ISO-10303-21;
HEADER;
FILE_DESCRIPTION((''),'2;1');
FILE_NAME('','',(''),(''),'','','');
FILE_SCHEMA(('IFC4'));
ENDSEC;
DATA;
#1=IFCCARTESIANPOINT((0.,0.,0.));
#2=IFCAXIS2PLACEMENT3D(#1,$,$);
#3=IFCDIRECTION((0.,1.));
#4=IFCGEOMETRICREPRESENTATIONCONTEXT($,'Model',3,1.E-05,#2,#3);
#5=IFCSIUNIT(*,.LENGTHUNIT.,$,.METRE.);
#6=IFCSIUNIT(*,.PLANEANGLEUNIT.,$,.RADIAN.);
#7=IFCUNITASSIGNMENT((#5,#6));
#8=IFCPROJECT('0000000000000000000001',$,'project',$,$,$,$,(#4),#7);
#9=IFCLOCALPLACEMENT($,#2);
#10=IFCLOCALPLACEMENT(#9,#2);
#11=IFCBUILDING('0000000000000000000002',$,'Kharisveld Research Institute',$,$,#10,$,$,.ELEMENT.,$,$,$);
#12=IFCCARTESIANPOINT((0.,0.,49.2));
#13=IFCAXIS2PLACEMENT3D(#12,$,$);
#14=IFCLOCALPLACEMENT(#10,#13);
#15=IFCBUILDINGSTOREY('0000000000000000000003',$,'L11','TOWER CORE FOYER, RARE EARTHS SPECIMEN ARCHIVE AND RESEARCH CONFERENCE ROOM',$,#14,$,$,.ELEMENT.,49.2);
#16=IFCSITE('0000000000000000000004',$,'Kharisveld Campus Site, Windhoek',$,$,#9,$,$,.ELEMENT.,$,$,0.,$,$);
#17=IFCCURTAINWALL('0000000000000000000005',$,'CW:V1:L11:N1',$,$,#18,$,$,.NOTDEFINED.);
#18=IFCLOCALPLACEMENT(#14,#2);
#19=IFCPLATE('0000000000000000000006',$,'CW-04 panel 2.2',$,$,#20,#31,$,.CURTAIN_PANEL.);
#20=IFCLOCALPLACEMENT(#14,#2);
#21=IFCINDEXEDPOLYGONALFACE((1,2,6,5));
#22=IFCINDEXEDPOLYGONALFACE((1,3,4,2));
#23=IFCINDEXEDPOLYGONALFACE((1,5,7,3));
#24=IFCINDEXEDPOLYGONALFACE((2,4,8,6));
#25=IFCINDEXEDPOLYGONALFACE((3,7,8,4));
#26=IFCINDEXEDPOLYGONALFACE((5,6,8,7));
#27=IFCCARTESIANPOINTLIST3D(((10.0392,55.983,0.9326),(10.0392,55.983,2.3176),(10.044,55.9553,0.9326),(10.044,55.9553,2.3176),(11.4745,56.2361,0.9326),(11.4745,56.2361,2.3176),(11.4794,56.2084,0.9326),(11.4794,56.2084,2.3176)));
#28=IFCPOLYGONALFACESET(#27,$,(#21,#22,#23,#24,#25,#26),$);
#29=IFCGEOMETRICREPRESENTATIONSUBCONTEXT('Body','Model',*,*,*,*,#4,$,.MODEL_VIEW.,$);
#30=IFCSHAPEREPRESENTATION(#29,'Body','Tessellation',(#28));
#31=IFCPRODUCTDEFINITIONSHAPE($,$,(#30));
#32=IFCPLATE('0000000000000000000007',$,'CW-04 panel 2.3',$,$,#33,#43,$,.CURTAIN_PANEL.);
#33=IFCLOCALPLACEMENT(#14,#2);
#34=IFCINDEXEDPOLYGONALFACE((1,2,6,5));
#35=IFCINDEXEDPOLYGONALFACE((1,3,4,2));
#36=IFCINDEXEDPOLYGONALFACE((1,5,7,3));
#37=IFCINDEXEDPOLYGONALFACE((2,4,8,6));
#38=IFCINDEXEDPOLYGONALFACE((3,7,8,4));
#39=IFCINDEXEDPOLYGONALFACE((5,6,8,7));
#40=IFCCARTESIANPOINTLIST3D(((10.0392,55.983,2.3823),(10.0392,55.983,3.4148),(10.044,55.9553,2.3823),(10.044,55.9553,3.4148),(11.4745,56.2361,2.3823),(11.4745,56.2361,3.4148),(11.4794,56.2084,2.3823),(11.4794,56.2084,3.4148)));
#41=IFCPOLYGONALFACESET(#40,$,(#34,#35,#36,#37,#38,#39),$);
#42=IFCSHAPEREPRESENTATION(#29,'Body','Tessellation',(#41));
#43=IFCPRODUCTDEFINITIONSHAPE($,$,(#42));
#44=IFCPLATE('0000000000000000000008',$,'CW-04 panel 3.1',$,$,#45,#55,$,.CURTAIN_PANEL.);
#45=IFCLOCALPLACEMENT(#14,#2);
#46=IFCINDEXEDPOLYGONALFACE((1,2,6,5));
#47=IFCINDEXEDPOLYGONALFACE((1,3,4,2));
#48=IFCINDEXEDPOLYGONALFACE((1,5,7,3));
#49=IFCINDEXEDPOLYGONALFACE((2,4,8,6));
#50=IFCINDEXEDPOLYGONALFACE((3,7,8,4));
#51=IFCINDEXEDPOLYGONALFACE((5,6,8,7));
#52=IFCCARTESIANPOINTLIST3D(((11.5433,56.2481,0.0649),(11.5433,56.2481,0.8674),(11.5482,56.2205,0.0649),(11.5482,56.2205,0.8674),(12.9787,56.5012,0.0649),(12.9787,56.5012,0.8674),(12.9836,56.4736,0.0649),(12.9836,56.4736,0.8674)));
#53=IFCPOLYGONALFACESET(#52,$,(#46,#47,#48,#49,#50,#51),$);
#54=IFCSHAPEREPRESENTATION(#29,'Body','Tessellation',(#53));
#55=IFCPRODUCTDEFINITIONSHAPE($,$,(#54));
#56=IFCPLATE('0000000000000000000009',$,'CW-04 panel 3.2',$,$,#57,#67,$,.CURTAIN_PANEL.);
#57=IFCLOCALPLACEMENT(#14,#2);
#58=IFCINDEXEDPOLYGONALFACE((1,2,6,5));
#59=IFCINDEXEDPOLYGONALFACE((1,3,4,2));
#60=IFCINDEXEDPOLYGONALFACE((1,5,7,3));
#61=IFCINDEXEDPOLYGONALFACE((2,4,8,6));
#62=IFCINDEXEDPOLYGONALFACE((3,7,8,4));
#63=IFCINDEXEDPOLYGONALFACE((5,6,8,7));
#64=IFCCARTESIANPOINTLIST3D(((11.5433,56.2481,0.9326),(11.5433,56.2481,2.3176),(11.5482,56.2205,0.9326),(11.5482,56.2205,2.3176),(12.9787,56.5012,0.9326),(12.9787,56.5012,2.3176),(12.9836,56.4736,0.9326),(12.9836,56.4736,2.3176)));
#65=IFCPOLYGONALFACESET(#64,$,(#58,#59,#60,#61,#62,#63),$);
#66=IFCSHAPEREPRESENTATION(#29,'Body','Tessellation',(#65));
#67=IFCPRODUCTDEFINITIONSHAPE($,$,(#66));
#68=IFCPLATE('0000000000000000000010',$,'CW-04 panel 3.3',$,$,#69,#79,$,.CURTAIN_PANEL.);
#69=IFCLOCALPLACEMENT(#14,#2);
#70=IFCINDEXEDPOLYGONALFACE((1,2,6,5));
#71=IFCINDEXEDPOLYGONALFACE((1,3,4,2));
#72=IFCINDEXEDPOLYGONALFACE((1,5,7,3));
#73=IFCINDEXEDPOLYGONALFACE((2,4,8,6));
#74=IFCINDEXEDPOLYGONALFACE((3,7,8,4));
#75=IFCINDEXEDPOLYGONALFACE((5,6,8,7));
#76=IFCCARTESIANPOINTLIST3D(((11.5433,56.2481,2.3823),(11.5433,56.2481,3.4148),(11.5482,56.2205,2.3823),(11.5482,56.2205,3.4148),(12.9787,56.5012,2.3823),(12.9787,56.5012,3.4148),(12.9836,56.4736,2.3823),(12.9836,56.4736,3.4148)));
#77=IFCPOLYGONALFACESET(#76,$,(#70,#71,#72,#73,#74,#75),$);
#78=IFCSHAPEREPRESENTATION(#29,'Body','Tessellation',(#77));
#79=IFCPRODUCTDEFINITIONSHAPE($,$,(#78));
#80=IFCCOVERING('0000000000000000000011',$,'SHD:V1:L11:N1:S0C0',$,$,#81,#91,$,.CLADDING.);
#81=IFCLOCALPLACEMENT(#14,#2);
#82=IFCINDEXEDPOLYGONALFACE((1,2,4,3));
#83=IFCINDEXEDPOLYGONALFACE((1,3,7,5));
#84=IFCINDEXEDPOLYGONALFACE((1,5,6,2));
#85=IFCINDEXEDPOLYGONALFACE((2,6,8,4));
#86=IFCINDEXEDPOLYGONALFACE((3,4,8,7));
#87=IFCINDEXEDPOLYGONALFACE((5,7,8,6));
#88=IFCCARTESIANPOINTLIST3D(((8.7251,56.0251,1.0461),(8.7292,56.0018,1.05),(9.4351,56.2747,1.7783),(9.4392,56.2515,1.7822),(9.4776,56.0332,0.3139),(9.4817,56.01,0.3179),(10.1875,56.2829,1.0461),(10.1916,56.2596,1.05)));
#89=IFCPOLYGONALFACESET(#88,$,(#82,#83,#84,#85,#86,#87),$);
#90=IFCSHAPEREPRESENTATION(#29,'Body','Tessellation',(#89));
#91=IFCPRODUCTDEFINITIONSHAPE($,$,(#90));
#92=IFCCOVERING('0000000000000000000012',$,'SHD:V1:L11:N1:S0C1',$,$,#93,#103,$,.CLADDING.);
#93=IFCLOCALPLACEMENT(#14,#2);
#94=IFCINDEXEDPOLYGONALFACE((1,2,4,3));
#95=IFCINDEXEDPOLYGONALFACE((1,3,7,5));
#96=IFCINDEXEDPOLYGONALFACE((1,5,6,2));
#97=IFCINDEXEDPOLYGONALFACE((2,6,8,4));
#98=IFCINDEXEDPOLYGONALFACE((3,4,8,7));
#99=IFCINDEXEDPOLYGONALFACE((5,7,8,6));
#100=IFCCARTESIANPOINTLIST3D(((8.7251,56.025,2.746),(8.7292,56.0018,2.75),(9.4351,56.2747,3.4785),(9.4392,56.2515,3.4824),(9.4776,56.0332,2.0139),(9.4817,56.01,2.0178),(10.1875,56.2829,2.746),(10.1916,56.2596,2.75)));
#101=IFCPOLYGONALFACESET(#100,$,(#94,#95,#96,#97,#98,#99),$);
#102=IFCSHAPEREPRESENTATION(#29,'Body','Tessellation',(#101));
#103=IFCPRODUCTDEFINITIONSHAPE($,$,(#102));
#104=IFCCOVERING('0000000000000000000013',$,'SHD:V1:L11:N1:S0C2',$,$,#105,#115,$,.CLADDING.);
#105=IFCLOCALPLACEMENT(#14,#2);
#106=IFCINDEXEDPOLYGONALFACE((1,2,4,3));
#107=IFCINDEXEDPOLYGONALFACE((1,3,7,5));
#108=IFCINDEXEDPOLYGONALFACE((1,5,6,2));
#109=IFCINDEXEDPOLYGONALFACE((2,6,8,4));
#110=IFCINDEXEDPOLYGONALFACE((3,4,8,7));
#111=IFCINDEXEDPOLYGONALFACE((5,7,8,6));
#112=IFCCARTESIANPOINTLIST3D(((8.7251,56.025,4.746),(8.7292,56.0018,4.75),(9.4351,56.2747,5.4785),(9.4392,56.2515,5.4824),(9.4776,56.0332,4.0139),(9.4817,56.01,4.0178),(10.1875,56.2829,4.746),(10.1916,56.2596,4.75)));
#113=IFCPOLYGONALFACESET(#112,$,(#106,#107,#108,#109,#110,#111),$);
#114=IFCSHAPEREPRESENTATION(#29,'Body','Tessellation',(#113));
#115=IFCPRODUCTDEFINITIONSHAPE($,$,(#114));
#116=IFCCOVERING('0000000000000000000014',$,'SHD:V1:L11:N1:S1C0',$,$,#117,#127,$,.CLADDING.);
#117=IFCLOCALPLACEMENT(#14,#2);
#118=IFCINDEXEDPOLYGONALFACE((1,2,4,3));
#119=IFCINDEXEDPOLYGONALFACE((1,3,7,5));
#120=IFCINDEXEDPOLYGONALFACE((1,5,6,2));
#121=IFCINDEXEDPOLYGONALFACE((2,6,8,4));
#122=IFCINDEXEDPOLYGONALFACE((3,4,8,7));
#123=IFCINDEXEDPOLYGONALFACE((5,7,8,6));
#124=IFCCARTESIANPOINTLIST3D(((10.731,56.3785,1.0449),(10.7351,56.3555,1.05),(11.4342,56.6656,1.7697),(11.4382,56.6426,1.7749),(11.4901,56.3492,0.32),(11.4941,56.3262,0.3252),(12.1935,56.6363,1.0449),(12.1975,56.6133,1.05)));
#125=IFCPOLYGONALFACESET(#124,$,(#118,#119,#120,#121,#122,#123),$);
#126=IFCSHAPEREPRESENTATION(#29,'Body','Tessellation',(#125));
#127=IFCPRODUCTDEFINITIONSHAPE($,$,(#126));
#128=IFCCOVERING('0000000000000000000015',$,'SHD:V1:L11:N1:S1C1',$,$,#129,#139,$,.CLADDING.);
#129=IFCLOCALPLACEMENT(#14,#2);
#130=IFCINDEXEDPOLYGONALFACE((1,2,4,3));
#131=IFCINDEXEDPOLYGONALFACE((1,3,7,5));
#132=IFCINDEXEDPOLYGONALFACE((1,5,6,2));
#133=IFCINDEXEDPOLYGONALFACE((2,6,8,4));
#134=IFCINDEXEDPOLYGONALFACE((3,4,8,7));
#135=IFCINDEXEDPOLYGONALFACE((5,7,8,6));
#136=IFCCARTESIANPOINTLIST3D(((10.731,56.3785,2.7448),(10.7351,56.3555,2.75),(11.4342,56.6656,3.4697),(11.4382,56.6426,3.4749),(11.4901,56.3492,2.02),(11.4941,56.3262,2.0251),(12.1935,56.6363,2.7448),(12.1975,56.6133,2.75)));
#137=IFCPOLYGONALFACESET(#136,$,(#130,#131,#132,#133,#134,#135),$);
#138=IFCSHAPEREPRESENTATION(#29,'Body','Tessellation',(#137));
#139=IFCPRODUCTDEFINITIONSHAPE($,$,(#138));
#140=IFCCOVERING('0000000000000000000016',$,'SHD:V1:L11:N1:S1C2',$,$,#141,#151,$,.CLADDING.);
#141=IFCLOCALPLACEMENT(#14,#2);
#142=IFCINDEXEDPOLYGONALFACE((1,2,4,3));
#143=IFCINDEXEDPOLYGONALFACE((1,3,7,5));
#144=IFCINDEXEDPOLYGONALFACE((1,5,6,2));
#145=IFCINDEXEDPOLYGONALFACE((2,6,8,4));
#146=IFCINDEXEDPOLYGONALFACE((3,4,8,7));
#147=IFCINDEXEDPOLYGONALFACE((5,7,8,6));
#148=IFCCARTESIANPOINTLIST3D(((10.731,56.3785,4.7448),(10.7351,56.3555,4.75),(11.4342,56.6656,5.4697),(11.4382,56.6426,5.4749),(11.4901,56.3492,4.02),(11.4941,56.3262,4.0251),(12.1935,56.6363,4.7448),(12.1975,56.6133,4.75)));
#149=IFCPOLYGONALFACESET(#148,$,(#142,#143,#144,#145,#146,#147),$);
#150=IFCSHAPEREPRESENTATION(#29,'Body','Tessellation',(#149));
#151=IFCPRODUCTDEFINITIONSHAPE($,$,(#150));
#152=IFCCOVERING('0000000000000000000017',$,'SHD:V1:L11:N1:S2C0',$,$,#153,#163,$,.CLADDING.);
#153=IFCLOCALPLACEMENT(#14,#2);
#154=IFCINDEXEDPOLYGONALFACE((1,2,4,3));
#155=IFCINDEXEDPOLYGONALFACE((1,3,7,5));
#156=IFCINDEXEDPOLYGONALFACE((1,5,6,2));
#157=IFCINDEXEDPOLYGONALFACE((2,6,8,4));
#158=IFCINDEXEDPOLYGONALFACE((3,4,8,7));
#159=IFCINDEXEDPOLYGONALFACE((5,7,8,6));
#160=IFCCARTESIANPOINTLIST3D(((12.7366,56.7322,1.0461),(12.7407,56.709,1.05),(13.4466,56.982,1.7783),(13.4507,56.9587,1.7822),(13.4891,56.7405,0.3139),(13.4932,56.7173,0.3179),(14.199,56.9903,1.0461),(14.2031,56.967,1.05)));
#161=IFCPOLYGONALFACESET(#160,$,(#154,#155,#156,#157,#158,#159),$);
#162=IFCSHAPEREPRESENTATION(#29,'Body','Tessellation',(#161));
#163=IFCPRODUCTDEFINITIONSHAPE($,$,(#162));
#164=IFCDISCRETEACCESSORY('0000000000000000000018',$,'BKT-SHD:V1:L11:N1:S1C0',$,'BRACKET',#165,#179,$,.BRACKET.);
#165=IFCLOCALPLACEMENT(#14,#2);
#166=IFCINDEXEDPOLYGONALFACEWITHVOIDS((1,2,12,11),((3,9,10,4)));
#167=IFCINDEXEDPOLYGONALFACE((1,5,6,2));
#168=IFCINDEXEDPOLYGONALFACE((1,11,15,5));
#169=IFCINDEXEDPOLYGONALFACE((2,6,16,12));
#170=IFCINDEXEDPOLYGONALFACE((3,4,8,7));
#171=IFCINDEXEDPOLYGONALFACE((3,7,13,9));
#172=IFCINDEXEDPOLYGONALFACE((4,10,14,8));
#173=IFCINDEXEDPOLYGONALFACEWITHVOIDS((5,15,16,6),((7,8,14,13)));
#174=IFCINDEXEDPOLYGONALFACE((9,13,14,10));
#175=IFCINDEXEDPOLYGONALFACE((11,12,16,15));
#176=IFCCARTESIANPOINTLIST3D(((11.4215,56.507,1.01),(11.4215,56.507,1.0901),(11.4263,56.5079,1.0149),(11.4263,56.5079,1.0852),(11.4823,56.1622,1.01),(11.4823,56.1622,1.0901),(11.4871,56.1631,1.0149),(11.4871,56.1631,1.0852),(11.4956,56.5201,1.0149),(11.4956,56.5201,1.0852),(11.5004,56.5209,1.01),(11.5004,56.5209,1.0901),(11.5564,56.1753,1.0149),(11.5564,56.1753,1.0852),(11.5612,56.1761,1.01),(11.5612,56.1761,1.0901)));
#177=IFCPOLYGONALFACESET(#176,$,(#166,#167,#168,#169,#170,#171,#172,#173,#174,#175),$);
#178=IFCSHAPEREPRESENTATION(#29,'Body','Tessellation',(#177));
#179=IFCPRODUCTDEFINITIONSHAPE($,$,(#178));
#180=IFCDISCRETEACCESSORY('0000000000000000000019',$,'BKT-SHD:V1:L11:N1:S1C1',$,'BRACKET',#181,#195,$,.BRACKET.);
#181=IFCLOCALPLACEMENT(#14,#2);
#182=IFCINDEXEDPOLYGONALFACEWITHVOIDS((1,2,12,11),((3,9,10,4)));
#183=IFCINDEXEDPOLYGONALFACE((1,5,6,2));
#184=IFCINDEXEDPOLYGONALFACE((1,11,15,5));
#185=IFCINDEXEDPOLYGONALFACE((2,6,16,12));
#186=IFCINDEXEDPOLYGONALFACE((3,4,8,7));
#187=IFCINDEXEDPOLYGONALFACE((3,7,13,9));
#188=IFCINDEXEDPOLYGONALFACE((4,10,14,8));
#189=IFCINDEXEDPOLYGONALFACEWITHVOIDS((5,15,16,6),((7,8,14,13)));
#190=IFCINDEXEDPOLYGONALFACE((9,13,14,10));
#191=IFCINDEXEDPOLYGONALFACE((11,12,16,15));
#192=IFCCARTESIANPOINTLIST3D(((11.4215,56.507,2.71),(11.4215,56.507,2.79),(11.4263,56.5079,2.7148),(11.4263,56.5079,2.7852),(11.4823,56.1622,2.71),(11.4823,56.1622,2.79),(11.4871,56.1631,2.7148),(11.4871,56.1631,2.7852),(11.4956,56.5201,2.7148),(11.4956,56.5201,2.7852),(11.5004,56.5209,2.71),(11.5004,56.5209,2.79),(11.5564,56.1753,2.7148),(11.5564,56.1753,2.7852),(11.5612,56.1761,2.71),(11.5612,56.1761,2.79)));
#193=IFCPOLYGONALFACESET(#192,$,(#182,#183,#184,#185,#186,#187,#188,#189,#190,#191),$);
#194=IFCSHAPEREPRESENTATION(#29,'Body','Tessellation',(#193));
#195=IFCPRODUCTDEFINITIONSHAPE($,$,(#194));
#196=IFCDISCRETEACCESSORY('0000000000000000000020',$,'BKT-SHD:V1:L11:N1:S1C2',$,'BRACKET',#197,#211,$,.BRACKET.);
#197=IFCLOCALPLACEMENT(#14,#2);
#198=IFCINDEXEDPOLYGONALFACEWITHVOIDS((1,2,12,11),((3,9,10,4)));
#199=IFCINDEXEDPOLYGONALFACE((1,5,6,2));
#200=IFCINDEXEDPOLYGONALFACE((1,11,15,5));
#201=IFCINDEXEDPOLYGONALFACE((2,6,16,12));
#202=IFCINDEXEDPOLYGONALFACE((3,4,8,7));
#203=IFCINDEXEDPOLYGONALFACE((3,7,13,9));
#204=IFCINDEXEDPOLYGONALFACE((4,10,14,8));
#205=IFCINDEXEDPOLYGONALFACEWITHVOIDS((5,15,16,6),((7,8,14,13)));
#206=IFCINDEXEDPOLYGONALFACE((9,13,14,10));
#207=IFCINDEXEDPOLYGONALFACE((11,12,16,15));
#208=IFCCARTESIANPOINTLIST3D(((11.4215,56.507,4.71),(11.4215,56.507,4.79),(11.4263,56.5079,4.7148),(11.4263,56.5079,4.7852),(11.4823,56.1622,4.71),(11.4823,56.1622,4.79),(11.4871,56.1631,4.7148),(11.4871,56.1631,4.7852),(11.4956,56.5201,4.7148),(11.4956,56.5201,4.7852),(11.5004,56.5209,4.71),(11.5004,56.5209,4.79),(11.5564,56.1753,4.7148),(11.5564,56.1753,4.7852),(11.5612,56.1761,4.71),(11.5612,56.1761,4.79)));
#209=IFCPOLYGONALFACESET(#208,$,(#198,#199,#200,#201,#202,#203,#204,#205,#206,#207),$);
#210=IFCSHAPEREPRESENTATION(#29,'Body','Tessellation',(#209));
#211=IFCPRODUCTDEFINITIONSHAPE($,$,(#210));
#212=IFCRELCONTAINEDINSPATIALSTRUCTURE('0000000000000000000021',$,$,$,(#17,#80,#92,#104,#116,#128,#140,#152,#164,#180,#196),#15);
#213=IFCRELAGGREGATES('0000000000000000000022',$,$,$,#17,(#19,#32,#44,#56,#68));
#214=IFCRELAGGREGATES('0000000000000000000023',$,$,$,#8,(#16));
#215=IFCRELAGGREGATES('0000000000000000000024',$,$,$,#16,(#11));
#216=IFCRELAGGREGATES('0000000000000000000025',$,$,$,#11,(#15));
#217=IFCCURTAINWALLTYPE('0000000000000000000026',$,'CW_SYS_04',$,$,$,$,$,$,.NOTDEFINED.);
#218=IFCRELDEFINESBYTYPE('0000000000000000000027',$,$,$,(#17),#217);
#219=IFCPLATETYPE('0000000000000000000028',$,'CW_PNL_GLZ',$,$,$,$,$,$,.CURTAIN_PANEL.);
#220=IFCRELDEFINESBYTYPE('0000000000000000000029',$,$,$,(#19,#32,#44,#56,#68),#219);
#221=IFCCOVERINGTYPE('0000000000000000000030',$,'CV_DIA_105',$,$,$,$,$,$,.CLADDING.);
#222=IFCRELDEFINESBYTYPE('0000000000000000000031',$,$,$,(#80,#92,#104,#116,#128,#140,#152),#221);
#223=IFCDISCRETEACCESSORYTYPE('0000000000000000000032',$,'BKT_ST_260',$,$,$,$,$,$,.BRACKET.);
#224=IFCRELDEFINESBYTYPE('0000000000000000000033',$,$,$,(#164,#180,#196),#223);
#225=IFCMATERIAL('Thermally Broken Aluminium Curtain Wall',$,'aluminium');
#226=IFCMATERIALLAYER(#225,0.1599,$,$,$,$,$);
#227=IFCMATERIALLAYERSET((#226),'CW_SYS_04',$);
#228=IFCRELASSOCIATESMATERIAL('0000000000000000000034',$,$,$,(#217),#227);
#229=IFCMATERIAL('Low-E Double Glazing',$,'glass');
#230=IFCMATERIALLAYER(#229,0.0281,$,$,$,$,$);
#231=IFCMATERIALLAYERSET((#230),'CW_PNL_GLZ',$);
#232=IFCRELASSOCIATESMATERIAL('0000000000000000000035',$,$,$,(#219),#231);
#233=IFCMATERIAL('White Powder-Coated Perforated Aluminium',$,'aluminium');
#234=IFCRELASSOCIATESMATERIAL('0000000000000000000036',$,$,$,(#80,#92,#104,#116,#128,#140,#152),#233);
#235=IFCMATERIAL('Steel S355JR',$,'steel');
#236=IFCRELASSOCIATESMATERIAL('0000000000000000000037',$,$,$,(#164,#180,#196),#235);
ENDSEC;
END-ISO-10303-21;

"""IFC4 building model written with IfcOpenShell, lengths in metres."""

from ifc_helpers import new_model, si_unit, direction, frame, origin, origin_2d, place, context, subcontext, project, spatial, polyline, rectangle, hollow_rectangle, outline, extrude, material, layer, layer_set, type_object, element, aggregate, save


model = new_model("IFC4")

# Units and contexts
model_context = context("Model", 3, precision=1e-05, world=origin(), true_north=direction((0.0, 1.0)))
body_context = subcontext(model_context, "Body", "Model", "MODEL_VIEW")
ifc_project = project(units=[si_unit("LENGTHUNIT", "METRE"), si_unit("PLANEANGLEUNIT", "RADIAN")], contexts=[model_context])

# Site, building, storey
site_placement = place(None, origin())
site = spatial("IfcSite", under=ifc_project, at=site_placement, Name="Kharisveld Campus Site, Windhoek", CompositionType="ELEMENT", RefElevation=0.0)
building_placement = place(site_placement, origin())
building = spatial("IfcBuilding", under=site, at=building_placement, Name="Kharisveld Research Institute", CompositionType="ELEMENT")
storey_placement = place(building_placement, frame((0.0, 0.0, 49.2)))
storey = spatial("IfcBuildingStorey", under=building, at=storey_placement, Name="L11", Description="TOWER CORE FOYER, RARE EARTHS SPECIMEN ARCHIVE AND RESEARCH CONFERENCE ROOM", CompositionType="ELEMENT", Elevation=49.2)

# Curtain wall, plates
ifc_material_1 = material(Name="Thermally Broken Aluminium Curtain Wall", Category="aluminium")
ifc_layer_1 = layer(ifc_material_1, 0.1599)
ifc_layer_set_1 = layer_set([ifc_layer_1], Name="CW_SYS_04")
curtain_wall_type = type_object("IfcCurtainWallType", Name="CW_SYS_04", PredefinedType="NOTDEFINED", material=ifc_layer_set_1)
curtain_wall_placement = place(storey_placement, origin())
curtain_wall = element("IfcCurtainWall", 1, at=curtain_wall_placement, inside=storey, type_object=curtain_wall_type, Name="CW:V1:L11:N1", PredefinedType="NOTDEFINED")
ifc_material_2 = material(Name="Low-E Double Glazing", Category="glass")
ifc_layer_2 = layer(ifc_material_2, 0.0281)
ifc_layer_set_2 = layer_set([ifc_layer_2], Name="CW_PNL_GLZ")
plate_type = type_object("IfcPlateType", Name="CW_PNL_GLZ", PredefinedType="CURTAIN_PANEL", material=ifc_layer_set_2)
plate_1_placement = place(storey_placement, frame((10.7593, 56.0957, 0.9326), z_axis=(0.0, 0.0, 1.0), x_axis=(0.984808, 0.173648, 0.0)))
plate_1 = element("IfcPlate", 2, at=plate_1_placement, type_object=plate_type, Name="CW-04 panel 2.2", PredefinedType="CURTAIN_PANEL", context=body_context, shape_type="SweptSolid", body=[
    extrude(rectangle(XDim=1.4575, YDim=0.0281, at=origin_2d()), origin(), (0.0, 0.0, 1.0), 1.385),
])
plate_2_placement = place(storey_placement, frame((10.7593, 56.0957, 2.3823), z_axis=(0.0, 0.0, 1.0), x_axis=(0.984808, 0.173648, 0.0)))
plate_2 = element("IfcPlate", 3, at=plate_2_placement, type_object=plate_type, Name="CW-04 panel 2.3", PredefinedType="CURTAIN_PANEL", context=body_context, shape_type="SweptSolid", body=[
    extrude(rectangle(XDim=1.4575, YDim=0.0281, at=origin_2d()), origin(), (0.0, 0.0, 1.0), 1.0325),
])
plate_3_placement = place(storey_placement, frame((12.2634, 56.3608, 0.0649), z_axis=(0.0, 0.0, 1.0), x_axis=(0.984808, 0.173648, 0.0)))
plate_3 = element("IfcPlate", 4, at=plate_3_placement, type_object=plate_type, Name="CW-04 panel 3.1", PredefinedType="CURTAIN_PANEL", context=body_context, shape_type="SweptSolid", body=[
    extrude(rectangle(XDim=1.4575, YDim=0.0281, at=origin_2d()), origin(), (0.0, 0.0, 1.0), 0.8025),
])
plate_4_placement = place(storey_placement, frame((12.2634, 56.3608, 0.9326), z_axis=(0.0, 0.0, 1.0), x_axis=(0.984808, 0.173648, 0.0)))
plate_4 = element("IfcPlate", 5, at=plate_4_placement, type_object=plate_type, Name="CW-04 panel 3.2", PredefinedType="CURTAIN_PANEL", context=body_context, shape_type="SweptSolid", body=[
    extrude(rectangle(XDim=1.4575, YDim=0.0281, at=origin_2d()), origin(), (0.0, 0.0, 1.0), 1.385),
])
plate_5_placement = place(storey_placement, frame((12.2634, 56.3608, 2.3823), z_axis=(0.0, 0.0, 1.0), x_axis=(0.984808, 0.173648, 0.0)))
plate_5 = element("IfcPlate", 6, at=plate_5_placement, type_object=plate_type, Name="CW-04 panel 3.3", PredefinedType="CURTAIN_PANEL", context=body_context, shape_type="SweptSolid", body=[
    extrude(rectangle(XDim=1.4575, YDim=0.0281, at=origin_2d()), origin(), (0.0, 0.0, 1.0), 1.0325),
])
aggregate(curtain_wall, [plate_1, plate_2, plate_3, plate_4, plate_5])

# Coverings
ifc_material_3 = material(Name="White Powder-Coated Perforated Aluminium", Category="aluminium")
covering_type = type_object("IfcCoveringType", Name="CV_DIA_105", PredefinedType="CLADDING")
covering_1_placement = place(storey_placement, frame((9.4817, 56.01, 0.3179), z_axis=(0.171233, -0.971295, 0.165123), x_axis=(0.676169, 0.237752, 0.69733)))
element("IfcCovering", 7, at=covering_1_placement, inside=storey, type_object=covering_type, material=ifc_material_3, Name="SHD:V1:L11:N1:S0C0", PredefinedType="CLADDING", context=body_context, shape_type="SweptSolid", body=[
    extrude(outline(polyline([(0.0, 0.0), (1.0499, 0.0), (1.0498, 1.0499), (-0.0002, 1.0499), (0.0, 0.0)])), origin(), (0.0, 0.0, -1.0), 0.0239),
])
for number, where, z_axis, x_axis, name in (
    (8, (9.4817, 56.01, 2.0178), (0.171234, -0.971299, 0.165096), (0.676173, 0.237734, 0.697333), "SHD:V1:L11:N1:S0C1"),
    (9, (9.4817, 56.01, 4.0178), (0.171234, -0.971299, 0.165096), (0.676173, 0.237734, 0.697333), "SHD:V1:L11:N1:S0C2"),
):
    element("IfcCovering", number, at=place(storey_placement, frame(where, z_axis=z_axis, x_axis=x_axis)), inside=storey, type_object=covering_type, material=ifc_material_3, Name=name, PredefinedType="CLADDING", context=body_context, shape_type="SweptSolid", body=[
        extrude(outline(polyline([(0.0, 0.0), (1.0499, 0.0), (1.05, 1.0501), (-0.0002, 1.0499), (0.0, 0.0)])), origin(), (0.0, 0.0, -1.0), 0.0239),
    ])
for number, where, z_axis, x_axis, name in (
    (10, (11.4941, 56.3262, 0.3252), (0.169503, -0.961481, 0.216385), (0.66985, 0.273447, 0.69031), "SHD:V1:L11:N1:S1C0"),
    (11, (11.4941, 56.3262, 2.0251), (0.169503, -0.961481, 0.216385), (0.66985, 0.273447, 0.69031), "SHD:V1:L11:N1:S1C1"),
    (12, (11.4941, 56.3262, 4.0251), (0.169503, -0.961481, 0.216385), (0.66985, 0.273447, 0.69031), "SHD:V1:L11:N1:S1C2"),
):
    element("IfcCovering", number, at=place(storey_placement, frame(where, z_axis=z_axis, x_axis=x_axis)), inside=storey, type_object=covering_type, material=ifc_material_3, Name=name, PredefinedType="CLADDING", context=body_context, shape_type="SweptSolid", body=[
        extrude(outline(polyline([(0.0, 0.0), (1.05, 0.0), (1.0498, 1.0501), (-0.0001, 1.05), (0.0, 0.0)])), origin(), (0.0, 0.0, -1.0), 0.0239),
    ])
covering_2_placement = place(storey_placement, frame((13.4932, 56.7173, 0.3179), z_axis=(0.171391, -0.971267, 0.165123), x_axis=(0.676151, 0.237862, 0.69731)))
element("IfcCovering", 13, at=covering_2_placement, inside=storey, type_object=covering_type, material=ifc_material_3, Name="SHD:V1:L11:N1:S2C0", PredefinedType="CLADDING", context=body_context, shape_type="SweptSolid", body=[
    extrude(outline(polyline([(0.0, 0.0), (1.05, 0.0), (1.0498, 1.0499), (-0.0002, 1.0499), (0.0, 0.0)])), origin(), (0.0, 0.0, -1.0), 0.0239),
])

# Discrete accessories
ifc_material_4 = material(Name="Steel S355JR", Category="steel")
discrete_accessory_type = type_object("IfcDiscreteAccessoryType", Name="BKT_ST_260", PredefinedType="BRACKET")
for number, where, z_axis, x_axis, name in (
    (14, (11.5217, 56.1692, 1.05), (-0.173666, 0.984805, 0.0), (-0.984805, -0.173666, 0.0), "BKT-SHD:V1:L11:N1:S1C0"),
    (15, (11.5217, 56.1692, 2.75), (-0.173666, 0.984805, 0.0), (-0.984805, -0.173666, 0.0), "BKT-SHD:V1:L11:N1:S1C1"),
    (16, (11.5217, 56.1692, 4.75), (-0.173666, 0.984805, 0.0), (-0.984805, -0.173666, 0.0), "BKT-SHD:V1:L11:N1:S1C2"),
):
    element("IfcDiscreteAccessory", number, at=place(storey_placement, frame(where, z_axis=z_axis, x_axis=x_axis)), inside=storey, type_object=discrete_accessory_type, material=ifc_material_4, Name=name, ObjectType="BRACKET", PredefinedType="BRACKET", context=body_context, shape_type="SweptSolid", body=[
        extrude(hollow_rectangle(XDim=0.0801, YDim=0.0801, WallThickness=0.0049, at=origin_2d()), origin(), (0.0, 0.0, 1.0), 0.3501),
    ])

save(model, "model.ifc")
